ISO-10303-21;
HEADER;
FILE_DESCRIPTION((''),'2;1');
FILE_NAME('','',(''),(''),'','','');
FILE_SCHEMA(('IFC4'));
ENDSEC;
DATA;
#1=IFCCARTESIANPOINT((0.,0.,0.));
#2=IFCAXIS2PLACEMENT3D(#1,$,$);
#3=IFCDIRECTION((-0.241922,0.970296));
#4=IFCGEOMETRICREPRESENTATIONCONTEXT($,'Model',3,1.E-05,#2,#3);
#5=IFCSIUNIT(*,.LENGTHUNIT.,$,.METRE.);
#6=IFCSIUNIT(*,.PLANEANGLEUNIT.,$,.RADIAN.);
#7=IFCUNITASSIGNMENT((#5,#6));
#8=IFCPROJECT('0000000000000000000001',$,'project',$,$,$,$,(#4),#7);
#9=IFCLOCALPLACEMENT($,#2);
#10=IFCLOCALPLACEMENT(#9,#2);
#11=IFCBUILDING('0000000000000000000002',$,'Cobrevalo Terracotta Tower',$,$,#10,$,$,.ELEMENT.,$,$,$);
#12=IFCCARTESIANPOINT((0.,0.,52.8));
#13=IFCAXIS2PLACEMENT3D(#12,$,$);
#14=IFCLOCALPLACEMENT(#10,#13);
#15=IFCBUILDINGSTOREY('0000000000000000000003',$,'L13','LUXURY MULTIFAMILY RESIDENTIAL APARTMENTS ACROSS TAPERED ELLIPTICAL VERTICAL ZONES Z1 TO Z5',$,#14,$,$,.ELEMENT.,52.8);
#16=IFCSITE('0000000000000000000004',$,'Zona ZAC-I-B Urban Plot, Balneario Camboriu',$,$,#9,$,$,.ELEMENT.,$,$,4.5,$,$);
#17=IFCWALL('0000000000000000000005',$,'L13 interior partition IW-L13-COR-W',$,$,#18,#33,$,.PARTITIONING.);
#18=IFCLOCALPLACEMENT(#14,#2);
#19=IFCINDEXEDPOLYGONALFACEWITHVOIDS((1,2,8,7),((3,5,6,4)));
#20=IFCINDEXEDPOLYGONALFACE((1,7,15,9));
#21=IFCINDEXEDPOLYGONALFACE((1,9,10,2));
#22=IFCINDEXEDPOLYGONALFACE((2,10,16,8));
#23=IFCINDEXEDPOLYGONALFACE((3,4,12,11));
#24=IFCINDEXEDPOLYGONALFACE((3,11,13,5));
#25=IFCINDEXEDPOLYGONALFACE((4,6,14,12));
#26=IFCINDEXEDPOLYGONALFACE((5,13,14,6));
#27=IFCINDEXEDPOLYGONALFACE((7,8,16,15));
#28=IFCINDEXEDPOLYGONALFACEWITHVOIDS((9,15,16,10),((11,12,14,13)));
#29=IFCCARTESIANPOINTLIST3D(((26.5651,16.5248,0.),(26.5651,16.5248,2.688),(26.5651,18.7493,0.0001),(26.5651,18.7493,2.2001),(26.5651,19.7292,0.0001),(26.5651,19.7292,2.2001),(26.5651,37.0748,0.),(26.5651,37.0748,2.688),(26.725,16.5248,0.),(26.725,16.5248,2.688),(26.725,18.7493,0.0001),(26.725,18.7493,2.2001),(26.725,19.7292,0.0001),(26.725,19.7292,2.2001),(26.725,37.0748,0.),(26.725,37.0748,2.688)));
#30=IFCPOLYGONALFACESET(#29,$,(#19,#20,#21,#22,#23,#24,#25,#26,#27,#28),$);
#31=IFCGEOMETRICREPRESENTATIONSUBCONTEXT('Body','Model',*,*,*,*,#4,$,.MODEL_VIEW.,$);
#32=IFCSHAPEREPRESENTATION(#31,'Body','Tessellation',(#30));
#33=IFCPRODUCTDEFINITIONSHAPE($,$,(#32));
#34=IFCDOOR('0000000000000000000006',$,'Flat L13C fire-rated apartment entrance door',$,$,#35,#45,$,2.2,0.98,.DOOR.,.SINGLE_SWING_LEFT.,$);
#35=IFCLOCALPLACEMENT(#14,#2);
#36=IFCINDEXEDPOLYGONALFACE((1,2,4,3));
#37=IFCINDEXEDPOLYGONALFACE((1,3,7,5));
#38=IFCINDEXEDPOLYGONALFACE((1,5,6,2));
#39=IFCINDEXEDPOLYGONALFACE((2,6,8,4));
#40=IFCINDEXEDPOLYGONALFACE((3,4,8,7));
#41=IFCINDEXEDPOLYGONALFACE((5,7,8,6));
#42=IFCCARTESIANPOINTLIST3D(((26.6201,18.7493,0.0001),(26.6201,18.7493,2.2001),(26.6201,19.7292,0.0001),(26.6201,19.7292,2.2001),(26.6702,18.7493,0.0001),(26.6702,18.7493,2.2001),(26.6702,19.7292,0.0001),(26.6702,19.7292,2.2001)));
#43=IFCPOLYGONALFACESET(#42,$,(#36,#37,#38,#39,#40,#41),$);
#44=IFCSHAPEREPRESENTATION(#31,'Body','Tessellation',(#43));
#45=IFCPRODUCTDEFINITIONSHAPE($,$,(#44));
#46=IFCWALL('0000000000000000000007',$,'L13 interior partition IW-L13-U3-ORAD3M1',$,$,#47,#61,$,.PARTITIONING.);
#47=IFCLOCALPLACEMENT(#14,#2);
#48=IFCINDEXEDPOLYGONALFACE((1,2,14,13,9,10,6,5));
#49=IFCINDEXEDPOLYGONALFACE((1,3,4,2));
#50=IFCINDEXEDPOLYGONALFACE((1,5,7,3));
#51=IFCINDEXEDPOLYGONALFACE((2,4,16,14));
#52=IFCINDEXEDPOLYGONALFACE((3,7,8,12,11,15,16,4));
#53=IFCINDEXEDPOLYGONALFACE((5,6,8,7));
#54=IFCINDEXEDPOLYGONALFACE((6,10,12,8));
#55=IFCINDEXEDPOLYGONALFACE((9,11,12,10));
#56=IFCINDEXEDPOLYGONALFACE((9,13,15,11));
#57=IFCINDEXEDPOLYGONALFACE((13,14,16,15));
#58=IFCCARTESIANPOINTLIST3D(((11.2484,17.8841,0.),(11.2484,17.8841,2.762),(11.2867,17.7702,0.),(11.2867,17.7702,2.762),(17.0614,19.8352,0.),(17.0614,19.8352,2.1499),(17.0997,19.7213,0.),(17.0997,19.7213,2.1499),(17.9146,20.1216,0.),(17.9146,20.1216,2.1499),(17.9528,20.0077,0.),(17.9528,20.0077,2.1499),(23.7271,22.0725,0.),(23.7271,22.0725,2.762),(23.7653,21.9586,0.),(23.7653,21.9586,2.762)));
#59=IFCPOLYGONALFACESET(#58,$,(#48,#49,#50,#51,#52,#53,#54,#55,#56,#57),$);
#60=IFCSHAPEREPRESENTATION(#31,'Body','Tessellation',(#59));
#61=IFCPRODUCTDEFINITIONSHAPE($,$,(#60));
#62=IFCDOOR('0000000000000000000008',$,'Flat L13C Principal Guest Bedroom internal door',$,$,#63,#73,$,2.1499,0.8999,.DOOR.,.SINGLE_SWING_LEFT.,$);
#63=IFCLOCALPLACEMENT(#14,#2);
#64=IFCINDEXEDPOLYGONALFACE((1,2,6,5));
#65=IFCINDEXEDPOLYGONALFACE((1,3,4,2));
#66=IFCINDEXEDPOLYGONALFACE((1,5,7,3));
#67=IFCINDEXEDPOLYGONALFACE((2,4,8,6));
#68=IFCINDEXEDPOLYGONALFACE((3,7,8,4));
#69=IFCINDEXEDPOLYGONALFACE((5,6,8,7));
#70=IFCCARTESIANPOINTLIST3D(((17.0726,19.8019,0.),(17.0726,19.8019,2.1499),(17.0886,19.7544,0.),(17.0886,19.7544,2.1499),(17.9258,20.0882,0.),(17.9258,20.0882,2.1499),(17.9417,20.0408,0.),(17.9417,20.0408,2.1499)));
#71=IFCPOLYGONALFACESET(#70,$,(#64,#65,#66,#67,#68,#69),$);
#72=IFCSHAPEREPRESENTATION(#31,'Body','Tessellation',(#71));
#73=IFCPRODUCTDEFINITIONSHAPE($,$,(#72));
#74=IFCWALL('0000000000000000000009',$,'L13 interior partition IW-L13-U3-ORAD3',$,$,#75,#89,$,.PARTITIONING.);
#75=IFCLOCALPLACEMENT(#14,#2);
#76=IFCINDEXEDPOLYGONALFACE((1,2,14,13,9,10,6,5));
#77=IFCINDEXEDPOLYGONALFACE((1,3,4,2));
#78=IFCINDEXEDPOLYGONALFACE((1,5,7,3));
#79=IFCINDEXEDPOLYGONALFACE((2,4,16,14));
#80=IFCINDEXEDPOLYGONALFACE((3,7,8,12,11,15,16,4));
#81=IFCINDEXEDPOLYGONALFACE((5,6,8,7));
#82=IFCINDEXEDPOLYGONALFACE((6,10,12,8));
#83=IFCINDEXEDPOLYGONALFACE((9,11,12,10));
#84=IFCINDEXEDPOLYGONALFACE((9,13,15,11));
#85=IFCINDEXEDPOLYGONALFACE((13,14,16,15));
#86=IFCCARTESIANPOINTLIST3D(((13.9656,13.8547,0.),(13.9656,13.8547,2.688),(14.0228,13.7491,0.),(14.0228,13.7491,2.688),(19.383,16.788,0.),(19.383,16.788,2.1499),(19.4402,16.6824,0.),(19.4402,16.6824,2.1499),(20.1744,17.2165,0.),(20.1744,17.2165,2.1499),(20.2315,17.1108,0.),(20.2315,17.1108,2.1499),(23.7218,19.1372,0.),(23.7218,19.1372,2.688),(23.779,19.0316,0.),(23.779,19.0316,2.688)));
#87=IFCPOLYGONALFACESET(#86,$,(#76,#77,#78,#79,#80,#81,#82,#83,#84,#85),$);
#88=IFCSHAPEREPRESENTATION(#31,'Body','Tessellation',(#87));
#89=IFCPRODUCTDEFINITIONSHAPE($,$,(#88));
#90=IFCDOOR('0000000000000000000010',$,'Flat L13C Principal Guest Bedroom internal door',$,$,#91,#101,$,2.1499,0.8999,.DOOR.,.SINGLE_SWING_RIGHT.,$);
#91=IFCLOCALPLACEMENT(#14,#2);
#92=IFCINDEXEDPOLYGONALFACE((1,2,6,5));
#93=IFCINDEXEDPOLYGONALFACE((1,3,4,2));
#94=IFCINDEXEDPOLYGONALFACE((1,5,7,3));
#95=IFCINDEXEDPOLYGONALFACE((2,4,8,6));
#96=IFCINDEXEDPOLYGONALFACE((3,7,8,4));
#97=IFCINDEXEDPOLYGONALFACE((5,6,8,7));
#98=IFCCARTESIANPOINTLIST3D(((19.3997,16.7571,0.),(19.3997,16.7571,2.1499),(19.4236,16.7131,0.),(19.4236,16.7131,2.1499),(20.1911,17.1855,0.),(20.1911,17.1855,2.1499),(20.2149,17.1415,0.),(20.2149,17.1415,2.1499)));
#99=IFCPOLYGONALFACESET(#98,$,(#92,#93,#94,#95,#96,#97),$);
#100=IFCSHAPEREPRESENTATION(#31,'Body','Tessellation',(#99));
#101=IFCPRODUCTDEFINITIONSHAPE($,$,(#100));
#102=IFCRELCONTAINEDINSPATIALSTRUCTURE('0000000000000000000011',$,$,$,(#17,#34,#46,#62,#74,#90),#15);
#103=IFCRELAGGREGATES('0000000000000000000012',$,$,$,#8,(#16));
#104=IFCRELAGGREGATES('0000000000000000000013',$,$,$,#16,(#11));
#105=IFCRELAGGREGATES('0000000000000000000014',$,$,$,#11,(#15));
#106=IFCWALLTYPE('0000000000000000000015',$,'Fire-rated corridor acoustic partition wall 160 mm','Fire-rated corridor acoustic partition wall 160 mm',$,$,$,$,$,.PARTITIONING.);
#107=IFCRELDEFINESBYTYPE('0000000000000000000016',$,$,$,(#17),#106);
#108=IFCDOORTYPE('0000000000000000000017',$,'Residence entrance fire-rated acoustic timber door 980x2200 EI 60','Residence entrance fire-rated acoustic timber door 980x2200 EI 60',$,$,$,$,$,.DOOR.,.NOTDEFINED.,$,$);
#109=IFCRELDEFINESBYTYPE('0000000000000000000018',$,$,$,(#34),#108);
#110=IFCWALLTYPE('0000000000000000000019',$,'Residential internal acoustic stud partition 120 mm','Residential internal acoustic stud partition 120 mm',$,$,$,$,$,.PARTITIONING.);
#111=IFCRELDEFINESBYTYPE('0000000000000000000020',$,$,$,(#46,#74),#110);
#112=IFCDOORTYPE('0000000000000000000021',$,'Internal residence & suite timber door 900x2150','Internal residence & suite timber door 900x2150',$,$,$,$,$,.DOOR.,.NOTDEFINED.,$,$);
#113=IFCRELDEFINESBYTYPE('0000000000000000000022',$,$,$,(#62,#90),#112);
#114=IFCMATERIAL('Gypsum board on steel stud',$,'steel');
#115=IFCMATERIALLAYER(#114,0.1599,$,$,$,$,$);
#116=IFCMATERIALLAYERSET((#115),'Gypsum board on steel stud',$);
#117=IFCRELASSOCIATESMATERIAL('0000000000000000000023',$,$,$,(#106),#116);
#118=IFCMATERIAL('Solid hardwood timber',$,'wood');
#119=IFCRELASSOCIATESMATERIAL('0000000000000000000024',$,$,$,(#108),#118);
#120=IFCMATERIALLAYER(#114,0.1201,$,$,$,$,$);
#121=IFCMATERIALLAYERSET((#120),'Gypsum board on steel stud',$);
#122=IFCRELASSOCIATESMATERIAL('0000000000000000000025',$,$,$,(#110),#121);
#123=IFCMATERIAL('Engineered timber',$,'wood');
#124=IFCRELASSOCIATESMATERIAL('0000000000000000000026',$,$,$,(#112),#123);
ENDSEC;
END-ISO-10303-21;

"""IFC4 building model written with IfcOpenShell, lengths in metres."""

from ifc_helpers import new_model, si_unit, direction, frame, frame_2d, origin, place, context, subcontext, project, spatial, rectangle, extrude, source, transform, mapped, material, layer, layer_set, type_object, element, fill, save


model = new_model("IFC4")

# Units and contexts
model_context = context("Model", 3, precision=1e-05, world=origin(), true_north=direction((-0.241922, 0.970296)))
body_context = subcontext(model_context, "Body", "Model", "MODEL_VIEW")
ifc_project = project(units=[si_unit("LENGTHUNIT", "METRE"), si_unit("PLANEANGLEUNIT", "RADIAN")], contexts=[model_context])

# Site, building, storey
site_placement = place(None, origin())
site = spatial("IfcSite", under=ifc_project, at=site_placement, Name="Zona ZAC-I-B Urban Plot, Balneario Camboriu", CompositionType="ELEMENT", RefElevation=4.5)
building_placement = place(site_placement, origin())
building = spatial("IfcBuilding", under=site, at=building_placement, Name="Cobrevalo Terracotta Tower", CompositionType="ELEMENT")
storey_placement = place(building_placement, frame((0.0, 0.0, 52.8)))
storey = spatial("IfcBuildingStorey", under=building, at=storey_placement, Name="L13", Description="LUXURY MULTIFAMILY RESIDENTIAL APARTMENTS ACROSS TAPERED ELLIPTICAL VERTICAL ZONES Z1 TO Z5", CompositionType="ELEMENT", Elevation=52.8)

# Walls, openings, doors
ifc_material_1 = material(Name="Gypsum board on steel stud", Category="steel")
ifc_layer_1 = layer(ifc_material_1, 0.1599)
ifc_layer_set_1 = layer_set([ifc_layer_1], Name="Gypsum board on steel stud")
wall_type_1 = type_object("IfcWallType", Name="Fire-rated corridor acoustic partition wall 160 mm", Description="Fire-rated corridor acoustic partition wall 160 mm", PredefinedType="PARTITIONING", material=ifc_layer_set_1)
ifc_material_2 = material(Name="Solid hardwood timber", Category="wood")
door_type_1 = type_object("IfcDoorType", Name="Residence entrance fire-rated acoustic timber door 980x2200 EI 60", Description="Residence entrance fire-rated acoustic timber door 980x2200 EI 60", OperationType="NOTDEFINED", PredefinedType="DOOR", material=ifc_material_2)
shared_shape_1 = source(origin(), body_context, "Body", "SweptSolid", [
    extrude(rectangle(XDim=0.98, YDim=2.2, at=frame_2d((0.49, 1.1001))), frame((0.0, 0.0249, 0.0), z_axis=(0.0, -1.0, 0.0), x_axis=(1.0, 0.0, 0.0)), (0.0, 0.0, 1.0), 0.05),
])
wall_1_placement = place(storey_placement, frame((26.645, 16.5249, 0.0), z_axis=(0.0, 0.0, 1.0), x_axis=(0.0, 1.0, 0.0)))
wall_1 = element("IfcWall", 1, at=wall_1_placement, inside=storey, type_object=wall_type_1, Name="L13 interior partition IW-L13-COR-W", PredefinedType="PARTITIONING", context=body_context, shape_type="SweptSolid", body=[
    extrude(rectangle(XDim=20.55, YDim=0.1599, at=frame_2d((10.2749, 0.0))), origin(), (0.0, 0.0, 1.0), 2.688),
])
opening_1_placement = place(wall_1_placement, frame((2.2244, 0.0, 0.0)))
opening_1 = element("IfcOpeningElement", 2, at=opening_1_placement, cuts=wall_1, PredefinedType="OPENING", context=body_context, shape_type="SweptSolid", body=[
    extrude(rectangle(XDim=0.98, YDim=2.2, at=frame_2d((0.49, 1.1001))), frame((0.0, 0.0898, 0.0), z_axis=(0.0, -1.0, 0.0), x_axis=(1.0, 0.0, 0.0)), (0.0, 0.0, 1.0), 0.1799),
])
door_1_placement = place(opening_1_placement, origin())
door_1 = element("IfcDoor", 3, at=door_1_placement, inside=storey, type_object=door_type_1, Name="Flat L13C fire-rated apartment entrance door", OperationType="SINGLE_SWING_LEFT", OverallHeight=2.2, OverallWidth=0.98, PredefinedType="DOOR", context=body_context, shape_type="MappedRepresentation", body=[
    mapped(shared_shape_1, transform((0.0, 0.0, 0.0), scale=1.0)),
])
fill(opening_1, door_1)
ifc_layer_2 = layer(ifc_material_1, 0.1201)
ifc_layer_set_2 = layer_set([ifc_layer_2], Name="Gypsum board on steel stud")
wall_type_2 = type_object("IfcWallType", Name="Residential internal acoustic stud partition 120 mm", Description="Residential internal acoustic stud partition 120 mm", PredefinedType="PARTITIONING", material=ifc_layer_set_2)
wall_2_placement = place(storey_placement, frame((23.7463, 22.0156, 0.0), z_axis=(0.0, 0.0, 1.0), x_axis=(-0.948023, -0.318202, 0.0)))
wall_2 = element("IfcWall", 4, at=wall_2_placement, inside=storey, type_object=wall_type_2, Name="L13 interior partition IW-L13-U3-ORAD3M1", PredefinedType="PARTITIONING", context=body_context, shape_type="SweptSolid", body=[
    extrude(rectangle(XDim=13.1628, YDim=0.1201, at=frame_2d((6.5815, 0.0))), origin(), (0.0, 0.0, 1.0), 2.762),
])
opening_2_placement = place(wall_2_placement, frame((6.1313, 0.0, 0.0)))
opening_2 = element("IfcOpeningElement", 5, at=opening_2_placement, cuts=wall_2, PredefinedType="OPENING", context=body_context, shape_type="SweptSolid", body=[
    extrude(rectangle(XDim=0.8999, YDim=2.1499, at=frame_2d((0.45, 1.075))), frame((0.0, 0.0701, 0.0), z_axis=(0.0, -1.0, 0.0), x_axis=(1.0, 0.0, 0.0)), (0.0, 0.0, 1.0), 0.1401),
])
ifc_material_3 = material(Name="Engineered timber", Category="wood")
door_type_2 = type_object("IfcDoorType", Name="Internal residence & suite timber door 900x2150", Description="Internal residence & suite timber door 900x2150", OperationType="NOTDEFINED", PredefinedType="DOOR", material=ifc_material_3)
shared_shape_2 = source(origin(), body_context, "Body", "SweptSolid", [
    extrude(rectangle(XDim=0.8999, YDim=2.1499, at=frame_2d((0.45, 1.075))), frame((0.0, 0.0249, 0.0), z_axis=(0.0, -1.0, 0.0), x_axis=(1.0, 0.0, 0.0)), (0.0, 0.0, 1.0), 0.05),
])
door_2_placement = place(opening_2_placement, frame((0.8999, 0.0, 0.0), z_axis=(0.0, 0.0, 1.0), x_axis=(-1.0, 0.0, 0.0)))
door_2 = element("IfcDoor", 6, at=door_2_placement, inside=storey, type_object=door_type_2, Name="Flat L13C Principal Guest Bedroom internal door", OperationType="SINGLE_SWING_LEFT", OverallHeight=2.1499, OverallWidth=0.8999, PredefinedType="DOOR", context=body_context, shape_type="MappedRepresentation", body=[
    mapped(shared_shape_2, transform((0.0, 0.0, 0.0), scale=1.0)),
])
fill(opening_2, door_2)
wall_3_placement = place(storey_placement, frame((23.7505, 19.0845, 0.0), z_axis=(0.0, 0.0, 1.0), x_axis=(-0.879371, -0.476138, 0.0)))
wall_3 = element("IfcWall", 7, at=wall_3_placement, inside=storey, type_object=wall_type_2, Name="L13 interior partition IW-L13-U3-ORAD3", PredefinedType="PARTITIONING", context=body_context, shape_type="SweptSolid", body=[
    extrude(rectangle(XDim=11.0945, YDim=0.1201, at=frame_2d((5.5474, 0.0))), origin(), (0.0, 0.0, 1.0), 2.688),
])
opening_3_placement = place(wall_3_placement, frame((4.0342, 0.0, 0.0)))
opening_3 = element("IfcOpeningElement", 8, at=opening_3_placement, cuts=wall_3, PredefinedType="OPENING", context=body_context, shape_type="SweptSolid", body=[
    extrude(rectangle(XDim=0.8999, YDim=2.1499, at=frame_2d((0.45, 1.075))), frame((0.0, 0.0701, 0.0), z_axis=(0.0, -1.0, 0.0), x_axis=(1.0, 0.0, 0.0)), (0.0, 0.0, 1.0), 0.1401),
])
door_3_placement = place(opening_3_placement, frame((0.8999, 0.0, 0.0), z_axis=(0.0, 0.0, 1.0), x_axis=(-1.0, 0.0, 0.0)))
door_3 = element("IfcDoor", 9, at=door_3_placement, inside=storey, type_object=door_type_2, Name="Flat L13C Principal Guest Bedroom internal door", OperationType="SINGLE_SWING_RIGHT", OverallHeight=2.1499, OverallWidth=0.8999, PredefinedType="DOOR", context=body_context, shape_type="MappedRepresentation", body=[
    mapped(shared_shape_2, transform((0.0, 0.0, 0.0), scale=1.0)),
])
fill(opening_3, door_3)

save(model, "model.ifc")
